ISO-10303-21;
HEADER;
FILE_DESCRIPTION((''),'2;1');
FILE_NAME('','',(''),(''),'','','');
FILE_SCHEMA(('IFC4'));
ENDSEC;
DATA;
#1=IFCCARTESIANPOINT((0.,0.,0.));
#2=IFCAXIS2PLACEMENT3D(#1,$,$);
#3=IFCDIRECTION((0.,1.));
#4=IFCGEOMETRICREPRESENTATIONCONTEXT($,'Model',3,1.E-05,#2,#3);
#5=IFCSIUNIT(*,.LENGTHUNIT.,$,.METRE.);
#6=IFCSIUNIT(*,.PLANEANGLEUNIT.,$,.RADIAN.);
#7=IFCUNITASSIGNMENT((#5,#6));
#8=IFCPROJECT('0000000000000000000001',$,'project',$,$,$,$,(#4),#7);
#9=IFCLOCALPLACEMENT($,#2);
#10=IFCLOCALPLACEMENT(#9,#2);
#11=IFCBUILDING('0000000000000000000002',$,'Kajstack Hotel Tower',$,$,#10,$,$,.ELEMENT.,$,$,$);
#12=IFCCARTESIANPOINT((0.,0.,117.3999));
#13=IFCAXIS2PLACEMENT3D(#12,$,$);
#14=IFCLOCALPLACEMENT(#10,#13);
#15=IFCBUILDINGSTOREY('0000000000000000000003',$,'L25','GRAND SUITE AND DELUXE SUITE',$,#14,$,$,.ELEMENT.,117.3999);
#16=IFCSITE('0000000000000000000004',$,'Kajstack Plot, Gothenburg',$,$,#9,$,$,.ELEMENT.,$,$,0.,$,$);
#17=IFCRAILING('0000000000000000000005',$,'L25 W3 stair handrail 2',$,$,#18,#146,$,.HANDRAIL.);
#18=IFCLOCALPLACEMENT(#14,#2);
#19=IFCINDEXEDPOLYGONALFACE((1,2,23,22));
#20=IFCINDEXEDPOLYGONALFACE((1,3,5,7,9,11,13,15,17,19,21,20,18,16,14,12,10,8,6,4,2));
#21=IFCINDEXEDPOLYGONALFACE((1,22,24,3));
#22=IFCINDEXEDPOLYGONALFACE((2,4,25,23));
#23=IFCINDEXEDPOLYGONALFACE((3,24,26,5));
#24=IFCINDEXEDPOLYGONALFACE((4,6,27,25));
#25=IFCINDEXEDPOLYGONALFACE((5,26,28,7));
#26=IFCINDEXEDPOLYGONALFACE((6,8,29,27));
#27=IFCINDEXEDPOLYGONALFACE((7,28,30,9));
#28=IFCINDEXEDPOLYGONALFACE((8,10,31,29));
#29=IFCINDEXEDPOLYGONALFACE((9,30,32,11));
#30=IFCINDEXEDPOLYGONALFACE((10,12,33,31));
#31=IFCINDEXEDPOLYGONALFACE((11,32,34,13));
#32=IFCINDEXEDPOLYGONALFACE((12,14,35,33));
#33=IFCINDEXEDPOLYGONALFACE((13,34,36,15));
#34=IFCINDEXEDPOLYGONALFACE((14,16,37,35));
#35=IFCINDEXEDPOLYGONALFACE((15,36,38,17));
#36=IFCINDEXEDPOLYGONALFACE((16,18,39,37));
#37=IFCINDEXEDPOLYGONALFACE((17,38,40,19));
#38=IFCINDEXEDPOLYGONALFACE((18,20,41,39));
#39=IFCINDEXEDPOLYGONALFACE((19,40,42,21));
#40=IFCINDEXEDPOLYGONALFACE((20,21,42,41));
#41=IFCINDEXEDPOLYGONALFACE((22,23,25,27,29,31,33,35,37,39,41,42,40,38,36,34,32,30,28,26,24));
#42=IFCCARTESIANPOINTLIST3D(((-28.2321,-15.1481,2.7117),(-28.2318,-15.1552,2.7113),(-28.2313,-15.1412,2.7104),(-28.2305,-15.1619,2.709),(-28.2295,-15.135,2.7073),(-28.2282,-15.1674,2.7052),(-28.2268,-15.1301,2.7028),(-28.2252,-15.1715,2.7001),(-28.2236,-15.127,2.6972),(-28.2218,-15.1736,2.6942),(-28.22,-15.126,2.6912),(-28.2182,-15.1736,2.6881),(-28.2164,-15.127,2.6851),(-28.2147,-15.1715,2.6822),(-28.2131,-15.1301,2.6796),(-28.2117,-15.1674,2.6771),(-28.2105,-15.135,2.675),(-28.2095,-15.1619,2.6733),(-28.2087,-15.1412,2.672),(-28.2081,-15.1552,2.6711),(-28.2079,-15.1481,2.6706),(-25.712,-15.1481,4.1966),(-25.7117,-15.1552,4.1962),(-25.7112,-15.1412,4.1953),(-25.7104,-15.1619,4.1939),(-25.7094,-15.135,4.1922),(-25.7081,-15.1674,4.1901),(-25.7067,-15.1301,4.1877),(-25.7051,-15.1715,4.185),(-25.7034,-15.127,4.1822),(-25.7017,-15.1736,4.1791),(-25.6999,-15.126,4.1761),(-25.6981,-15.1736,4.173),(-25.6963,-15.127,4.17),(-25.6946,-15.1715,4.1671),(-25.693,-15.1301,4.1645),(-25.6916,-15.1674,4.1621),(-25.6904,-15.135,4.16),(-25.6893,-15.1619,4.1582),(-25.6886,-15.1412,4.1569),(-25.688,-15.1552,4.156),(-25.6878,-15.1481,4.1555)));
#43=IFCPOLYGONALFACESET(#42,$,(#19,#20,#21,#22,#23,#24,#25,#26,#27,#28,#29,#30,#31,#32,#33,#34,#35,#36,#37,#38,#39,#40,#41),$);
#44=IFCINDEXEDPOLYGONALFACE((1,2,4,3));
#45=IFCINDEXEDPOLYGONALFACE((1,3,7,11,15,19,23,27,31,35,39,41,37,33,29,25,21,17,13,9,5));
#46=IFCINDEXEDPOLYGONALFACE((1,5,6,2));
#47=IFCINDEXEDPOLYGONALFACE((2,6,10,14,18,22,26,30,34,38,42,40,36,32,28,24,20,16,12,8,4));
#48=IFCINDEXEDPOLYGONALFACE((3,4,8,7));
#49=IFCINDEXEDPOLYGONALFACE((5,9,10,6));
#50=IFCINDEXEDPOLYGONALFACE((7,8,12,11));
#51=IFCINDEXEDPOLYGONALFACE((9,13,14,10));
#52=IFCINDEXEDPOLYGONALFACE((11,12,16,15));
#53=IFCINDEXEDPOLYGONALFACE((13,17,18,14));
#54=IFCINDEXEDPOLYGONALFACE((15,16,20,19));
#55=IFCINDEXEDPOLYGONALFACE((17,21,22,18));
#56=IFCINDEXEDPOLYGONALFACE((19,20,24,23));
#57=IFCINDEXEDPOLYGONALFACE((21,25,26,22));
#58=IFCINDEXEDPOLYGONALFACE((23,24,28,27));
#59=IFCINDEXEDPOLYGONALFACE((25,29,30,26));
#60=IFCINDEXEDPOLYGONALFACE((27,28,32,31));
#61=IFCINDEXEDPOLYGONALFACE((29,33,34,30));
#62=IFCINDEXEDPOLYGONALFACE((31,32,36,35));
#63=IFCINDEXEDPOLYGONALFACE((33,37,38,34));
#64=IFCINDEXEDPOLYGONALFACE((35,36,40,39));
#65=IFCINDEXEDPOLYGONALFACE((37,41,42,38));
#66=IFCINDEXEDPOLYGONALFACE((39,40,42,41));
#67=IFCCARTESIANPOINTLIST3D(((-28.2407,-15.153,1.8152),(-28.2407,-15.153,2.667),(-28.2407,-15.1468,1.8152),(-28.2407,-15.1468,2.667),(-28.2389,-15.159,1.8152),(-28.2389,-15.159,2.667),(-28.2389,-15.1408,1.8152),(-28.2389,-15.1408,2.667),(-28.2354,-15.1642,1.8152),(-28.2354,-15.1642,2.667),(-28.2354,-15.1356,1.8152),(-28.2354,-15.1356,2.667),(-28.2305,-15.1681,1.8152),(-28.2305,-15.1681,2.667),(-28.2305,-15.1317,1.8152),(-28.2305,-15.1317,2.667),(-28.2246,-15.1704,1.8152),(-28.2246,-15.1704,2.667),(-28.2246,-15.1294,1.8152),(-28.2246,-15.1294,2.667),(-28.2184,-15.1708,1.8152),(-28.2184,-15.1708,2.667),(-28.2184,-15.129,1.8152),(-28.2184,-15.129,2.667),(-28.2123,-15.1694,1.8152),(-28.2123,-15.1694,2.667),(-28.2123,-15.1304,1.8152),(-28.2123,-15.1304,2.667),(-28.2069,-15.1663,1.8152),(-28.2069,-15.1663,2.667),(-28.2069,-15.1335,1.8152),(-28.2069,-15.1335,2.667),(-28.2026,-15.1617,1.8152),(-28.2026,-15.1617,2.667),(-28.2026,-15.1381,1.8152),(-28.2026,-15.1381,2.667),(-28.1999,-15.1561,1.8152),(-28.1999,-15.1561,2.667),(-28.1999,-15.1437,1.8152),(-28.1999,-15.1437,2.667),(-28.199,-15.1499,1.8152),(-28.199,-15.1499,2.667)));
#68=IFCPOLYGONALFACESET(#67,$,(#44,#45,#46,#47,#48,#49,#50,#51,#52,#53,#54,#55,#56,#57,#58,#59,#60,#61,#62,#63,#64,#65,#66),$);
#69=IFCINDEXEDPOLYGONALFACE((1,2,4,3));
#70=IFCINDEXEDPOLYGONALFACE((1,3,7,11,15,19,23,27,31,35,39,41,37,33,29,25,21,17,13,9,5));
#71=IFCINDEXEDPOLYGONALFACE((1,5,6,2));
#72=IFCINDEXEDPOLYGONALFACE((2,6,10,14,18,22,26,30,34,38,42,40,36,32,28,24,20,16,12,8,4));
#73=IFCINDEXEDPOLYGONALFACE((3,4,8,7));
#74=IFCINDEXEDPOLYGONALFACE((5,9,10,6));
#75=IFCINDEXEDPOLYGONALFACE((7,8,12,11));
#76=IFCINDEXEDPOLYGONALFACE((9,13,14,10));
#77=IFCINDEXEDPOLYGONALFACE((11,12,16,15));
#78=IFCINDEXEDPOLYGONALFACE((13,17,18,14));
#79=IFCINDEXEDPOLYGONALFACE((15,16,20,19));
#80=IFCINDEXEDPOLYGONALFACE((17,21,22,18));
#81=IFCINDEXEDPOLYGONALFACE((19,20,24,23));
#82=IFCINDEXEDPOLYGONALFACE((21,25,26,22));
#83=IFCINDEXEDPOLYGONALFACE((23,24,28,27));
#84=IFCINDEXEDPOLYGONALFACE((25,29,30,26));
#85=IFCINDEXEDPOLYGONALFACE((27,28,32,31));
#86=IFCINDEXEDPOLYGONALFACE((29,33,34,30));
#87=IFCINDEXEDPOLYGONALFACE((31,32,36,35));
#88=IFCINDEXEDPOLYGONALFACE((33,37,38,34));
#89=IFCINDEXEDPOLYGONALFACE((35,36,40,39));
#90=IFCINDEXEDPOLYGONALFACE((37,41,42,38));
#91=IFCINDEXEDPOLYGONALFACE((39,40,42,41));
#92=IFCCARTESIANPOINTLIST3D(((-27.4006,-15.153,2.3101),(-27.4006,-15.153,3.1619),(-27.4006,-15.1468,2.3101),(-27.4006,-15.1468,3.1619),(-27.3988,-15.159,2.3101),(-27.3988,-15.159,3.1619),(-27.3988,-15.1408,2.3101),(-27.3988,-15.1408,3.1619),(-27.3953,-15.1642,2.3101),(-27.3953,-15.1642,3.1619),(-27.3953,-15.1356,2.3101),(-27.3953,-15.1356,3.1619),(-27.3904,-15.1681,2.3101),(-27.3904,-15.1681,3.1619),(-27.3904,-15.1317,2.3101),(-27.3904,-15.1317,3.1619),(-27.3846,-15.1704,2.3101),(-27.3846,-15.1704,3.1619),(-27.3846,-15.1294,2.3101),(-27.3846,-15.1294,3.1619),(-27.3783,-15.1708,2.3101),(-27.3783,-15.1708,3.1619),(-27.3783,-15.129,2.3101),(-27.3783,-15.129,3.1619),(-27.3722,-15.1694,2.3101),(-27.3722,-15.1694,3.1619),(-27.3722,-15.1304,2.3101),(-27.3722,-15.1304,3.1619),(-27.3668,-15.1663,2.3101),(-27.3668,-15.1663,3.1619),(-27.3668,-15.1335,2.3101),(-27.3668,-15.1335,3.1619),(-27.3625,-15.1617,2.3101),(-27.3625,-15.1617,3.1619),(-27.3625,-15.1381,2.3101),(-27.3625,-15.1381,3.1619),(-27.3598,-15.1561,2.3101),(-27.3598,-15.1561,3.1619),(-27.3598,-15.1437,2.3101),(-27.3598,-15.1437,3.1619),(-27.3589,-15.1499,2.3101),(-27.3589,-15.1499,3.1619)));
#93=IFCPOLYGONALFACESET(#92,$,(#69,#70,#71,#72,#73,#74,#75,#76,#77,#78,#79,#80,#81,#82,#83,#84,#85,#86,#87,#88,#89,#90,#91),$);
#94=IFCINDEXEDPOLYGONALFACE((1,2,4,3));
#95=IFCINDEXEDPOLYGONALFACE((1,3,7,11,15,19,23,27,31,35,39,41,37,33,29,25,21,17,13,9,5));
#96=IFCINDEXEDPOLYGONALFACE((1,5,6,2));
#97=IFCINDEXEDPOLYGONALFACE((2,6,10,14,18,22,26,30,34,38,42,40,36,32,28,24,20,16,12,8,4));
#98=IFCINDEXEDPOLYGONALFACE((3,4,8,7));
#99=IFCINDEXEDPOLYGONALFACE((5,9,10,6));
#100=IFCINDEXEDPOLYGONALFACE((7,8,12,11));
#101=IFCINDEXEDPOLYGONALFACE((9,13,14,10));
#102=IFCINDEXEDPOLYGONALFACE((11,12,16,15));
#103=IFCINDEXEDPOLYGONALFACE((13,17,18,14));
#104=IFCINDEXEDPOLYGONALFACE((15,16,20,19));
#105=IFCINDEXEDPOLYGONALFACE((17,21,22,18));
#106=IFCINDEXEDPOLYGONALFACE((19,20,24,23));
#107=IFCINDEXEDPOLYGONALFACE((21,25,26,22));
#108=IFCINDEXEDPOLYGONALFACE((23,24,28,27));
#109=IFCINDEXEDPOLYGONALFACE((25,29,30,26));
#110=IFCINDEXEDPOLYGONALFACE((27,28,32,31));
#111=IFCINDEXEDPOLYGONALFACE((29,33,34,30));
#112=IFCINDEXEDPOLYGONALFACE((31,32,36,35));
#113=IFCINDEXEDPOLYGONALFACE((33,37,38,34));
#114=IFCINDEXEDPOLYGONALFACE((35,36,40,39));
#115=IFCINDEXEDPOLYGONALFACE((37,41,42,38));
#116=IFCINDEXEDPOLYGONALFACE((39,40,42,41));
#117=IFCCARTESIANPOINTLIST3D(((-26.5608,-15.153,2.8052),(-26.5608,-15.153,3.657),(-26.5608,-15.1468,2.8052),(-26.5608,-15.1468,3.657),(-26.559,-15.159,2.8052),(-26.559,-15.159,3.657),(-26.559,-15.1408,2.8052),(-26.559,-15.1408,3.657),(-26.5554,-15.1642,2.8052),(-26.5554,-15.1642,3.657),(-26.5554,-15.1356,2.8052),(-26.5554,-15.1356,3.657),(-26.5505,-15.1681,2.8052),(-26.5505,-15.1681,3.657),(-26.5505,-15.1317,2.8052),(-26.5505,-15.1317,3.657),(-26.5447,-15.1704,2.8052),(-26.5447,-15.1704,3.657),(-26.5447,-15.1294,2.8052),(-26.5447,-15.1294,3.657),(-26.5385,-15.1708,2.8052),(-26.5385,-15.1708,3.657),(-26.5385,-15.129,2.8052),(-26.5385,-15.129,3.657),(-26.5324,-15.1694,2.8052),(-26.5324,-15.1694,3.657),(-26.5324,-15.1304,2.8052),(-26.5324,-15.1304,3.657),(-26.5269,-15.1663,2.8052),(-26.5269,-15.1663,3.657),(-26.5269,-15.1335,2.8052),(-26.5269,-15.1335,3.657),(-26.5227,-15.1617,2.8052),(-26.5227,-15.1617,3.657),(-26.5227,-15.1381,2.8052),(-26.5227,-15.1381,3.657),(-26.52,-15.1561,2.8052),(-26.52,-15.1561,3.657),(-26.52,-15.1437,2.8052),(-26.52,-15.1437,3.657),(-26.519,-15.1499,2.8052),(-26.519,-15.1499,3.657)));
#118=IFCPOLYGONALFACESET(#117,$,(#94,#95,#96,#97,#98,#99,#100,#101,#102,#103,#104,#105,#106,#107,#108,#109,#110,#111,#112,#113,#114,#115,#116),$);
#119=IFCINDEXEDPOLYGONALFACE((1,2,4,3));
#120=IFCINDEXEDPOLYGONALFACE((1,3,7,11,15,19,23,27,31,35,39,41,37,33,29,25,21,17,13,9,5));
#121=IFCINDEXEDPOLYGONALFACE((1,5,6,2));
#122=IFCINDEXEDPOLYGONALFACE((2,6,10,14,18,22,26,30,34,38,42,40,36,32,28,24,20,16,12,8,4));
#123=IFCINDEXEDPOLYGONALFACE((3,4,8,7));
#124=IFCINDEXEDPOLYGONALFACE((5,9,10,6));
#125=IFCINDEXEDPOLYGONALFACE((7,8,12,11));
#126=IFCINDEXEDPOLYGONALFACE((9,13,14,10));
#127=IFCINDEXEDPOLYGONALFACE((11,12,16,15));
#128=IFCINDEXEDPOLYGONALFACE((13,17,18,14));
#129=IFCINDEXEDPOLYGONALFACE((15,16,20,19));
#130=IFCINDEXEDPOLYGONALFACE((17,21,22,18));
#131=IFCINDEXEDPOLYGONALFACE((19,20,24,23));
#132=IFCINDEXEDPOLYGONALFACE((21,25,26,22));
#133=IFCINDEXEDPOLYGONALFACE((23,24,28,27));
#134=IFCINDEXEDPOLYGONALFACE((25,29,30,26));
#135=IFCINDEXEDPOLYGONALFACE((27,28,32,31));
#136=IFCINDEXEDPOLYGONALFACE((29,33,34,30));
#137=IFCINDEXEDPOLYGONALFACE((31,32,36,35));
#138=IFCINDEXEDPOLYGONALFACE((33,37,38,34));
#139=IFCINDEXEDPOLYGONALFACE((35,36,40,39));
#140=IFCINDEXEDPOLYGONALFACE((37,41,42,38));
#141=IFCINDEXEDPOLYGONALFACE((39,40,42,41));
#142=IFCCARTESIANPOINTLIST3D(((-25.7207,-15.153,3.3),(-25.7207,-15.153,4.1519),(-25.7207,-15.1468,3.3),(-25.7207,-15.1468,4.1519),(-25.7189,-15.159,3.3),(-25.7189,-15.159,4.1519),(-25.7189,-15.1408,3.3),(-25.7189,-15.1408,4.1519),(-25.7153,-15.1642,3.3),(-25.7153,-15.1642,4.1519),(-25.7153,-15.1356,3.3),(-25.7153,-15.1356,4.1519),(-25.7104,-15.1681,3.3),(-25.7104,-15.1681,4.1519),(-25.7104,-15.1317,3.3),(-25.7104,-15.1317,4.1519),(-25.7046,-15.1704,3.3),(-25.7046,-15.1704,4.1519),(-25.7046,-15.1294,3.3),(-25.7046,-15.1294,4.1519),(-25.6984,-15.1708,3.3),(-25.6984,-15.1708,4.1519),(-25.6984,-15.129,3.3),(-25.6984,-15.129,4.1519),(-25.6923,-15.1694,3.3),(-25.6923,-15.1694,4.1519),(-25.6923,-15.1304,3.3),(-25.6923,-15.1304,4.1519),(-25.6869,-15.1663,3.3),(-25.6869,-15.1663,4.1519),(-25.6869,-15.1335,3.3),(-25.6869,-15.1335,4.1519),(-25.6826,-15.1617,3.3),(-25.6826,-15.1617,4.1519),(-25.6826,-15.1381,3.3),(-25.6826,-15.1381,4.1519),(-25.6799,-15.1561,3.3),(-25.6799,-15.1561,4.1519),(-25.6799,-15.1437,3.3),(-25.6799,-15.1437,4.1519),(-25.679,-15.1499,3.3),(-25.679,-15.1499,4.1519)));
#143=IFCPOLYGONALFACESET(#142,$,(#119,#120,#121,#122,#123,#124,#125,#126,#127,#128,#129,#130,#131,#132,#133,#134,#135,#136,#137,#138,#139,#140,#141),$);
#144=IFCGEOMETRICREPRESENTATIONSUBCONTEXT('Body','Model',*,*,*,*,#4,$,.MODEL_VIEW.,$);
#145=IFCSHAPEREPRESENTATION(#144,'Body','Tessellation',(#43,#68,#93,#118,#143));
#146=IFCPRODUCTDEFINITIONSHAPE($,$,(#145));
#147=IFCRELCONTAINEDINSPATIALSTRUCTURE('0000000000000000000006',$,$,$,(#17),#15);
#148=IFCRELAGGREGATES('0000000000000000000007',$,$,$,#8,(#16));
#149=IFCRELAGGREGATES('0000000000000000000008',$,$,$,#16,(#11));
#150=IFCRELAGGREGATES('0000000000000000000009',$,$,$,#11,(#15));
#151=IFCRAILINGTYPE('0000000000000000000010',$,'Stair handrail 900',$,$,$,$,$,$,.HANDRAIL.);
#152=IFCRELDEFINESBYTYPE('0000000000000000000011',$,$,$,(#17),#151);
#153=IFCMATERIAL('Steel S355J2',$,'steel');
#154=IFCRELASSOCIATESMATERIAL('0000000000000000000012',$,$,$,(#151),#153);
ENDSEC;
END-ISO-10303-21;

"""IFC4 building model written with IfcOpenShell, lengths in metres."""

from ifc_helpers import new_model, si_unit, direction, frame, origin, origin_2d, place, context, subcontext, project, spatial, circle, extrude, material, type_object, element, save


model = new_model("IFC4")

# Units and contexts
model_context = context("Model", 3, precision=1e-05, world=origin(), true_north=direction((0.0, 1.0)))
body_context = subcontext(model_context, "Body", "Model", "MODEL_VIEW")
ifc_project = project(units=[si_unit("LENGTHUNIT", "METRE"), si_unit("PLANEANGLEUNIT", "RADIAN")], contexts=[model_context])

# Site, building, storey
site_placement = place(None, origin())
site = spatial("IfcSite", under=ifc_project, at=site_placement, Name="Kajstack Plot, Gothenburg", CompositionType="ELEMENT", RefElevation=0.0)
building_placement = place(site_placement, origin())
building = spatial("IfcBuilding", under=site, at=building_placement, Name="Kajstack Hotel Tower", CompositionType="ELEMENT")
storey_placement = place(building_placement, frame((0.0, 0.0, 117.3999)))
storey = spatial("IfcBuildingStorey", under=building, at=storey_placement, Name="L25", Description="GRAND SUITE AND DELUXE SUITE", CompositionType="ELEMENT", Elevation=117.3999)

# Railing
ifc_material_1 = material(Name="Steel S355J2", Category="steel")
railing_type_1 = type_object("IfcRailingType", Name="Stair handrail 900", PredefinedType="HANDRAIL", material=ifc_material_1)
railing_1_placement = place(storey_placement, frame((-28.22, -15.1499, 1.8152)))
element("IfcRailing", 1, at=railing_1_placement, inside=storey, type_object=railing_type_1, Name="L25 W3 stair handrail 2", PredefinedType="HANDRAIL", context=body_context, shape_type="SweptSolid", body=[
    extrude(circle(Radius=0.0239, at=origin_2d()), frame((0.0, 0.0, 0.876), z_axis=(0.861561, 0.0, 0.507655), x_axis=(0.0, 1.0, 0.0)), (0.0, 0.0, 1.0), 2.925),
    extrude(circle(Radius=0.021, at=origin_2d()), origin(), (0.0, 0.0, 1.0), 0.8518),
    extrude(circle(Radius=0.021, at=origin_2d()), frame((0.8401, 0.0, 0.4949)), (0.0, 0.0, 1.0), 0.8518),
    extrude(circle(Radius=0.021, at=origin_2d()), frame((1.6799, 0.0, 0.99)), (0.0, 0.0, 1.0), 0.8518),
    extrude(circle(Radius=0.021, at=origin_2d()), frame((2.52, 0.0, 1.4849)), (0.0, 0.0, 1.0), 0.8518),
])

save(model, "model.ifc")
